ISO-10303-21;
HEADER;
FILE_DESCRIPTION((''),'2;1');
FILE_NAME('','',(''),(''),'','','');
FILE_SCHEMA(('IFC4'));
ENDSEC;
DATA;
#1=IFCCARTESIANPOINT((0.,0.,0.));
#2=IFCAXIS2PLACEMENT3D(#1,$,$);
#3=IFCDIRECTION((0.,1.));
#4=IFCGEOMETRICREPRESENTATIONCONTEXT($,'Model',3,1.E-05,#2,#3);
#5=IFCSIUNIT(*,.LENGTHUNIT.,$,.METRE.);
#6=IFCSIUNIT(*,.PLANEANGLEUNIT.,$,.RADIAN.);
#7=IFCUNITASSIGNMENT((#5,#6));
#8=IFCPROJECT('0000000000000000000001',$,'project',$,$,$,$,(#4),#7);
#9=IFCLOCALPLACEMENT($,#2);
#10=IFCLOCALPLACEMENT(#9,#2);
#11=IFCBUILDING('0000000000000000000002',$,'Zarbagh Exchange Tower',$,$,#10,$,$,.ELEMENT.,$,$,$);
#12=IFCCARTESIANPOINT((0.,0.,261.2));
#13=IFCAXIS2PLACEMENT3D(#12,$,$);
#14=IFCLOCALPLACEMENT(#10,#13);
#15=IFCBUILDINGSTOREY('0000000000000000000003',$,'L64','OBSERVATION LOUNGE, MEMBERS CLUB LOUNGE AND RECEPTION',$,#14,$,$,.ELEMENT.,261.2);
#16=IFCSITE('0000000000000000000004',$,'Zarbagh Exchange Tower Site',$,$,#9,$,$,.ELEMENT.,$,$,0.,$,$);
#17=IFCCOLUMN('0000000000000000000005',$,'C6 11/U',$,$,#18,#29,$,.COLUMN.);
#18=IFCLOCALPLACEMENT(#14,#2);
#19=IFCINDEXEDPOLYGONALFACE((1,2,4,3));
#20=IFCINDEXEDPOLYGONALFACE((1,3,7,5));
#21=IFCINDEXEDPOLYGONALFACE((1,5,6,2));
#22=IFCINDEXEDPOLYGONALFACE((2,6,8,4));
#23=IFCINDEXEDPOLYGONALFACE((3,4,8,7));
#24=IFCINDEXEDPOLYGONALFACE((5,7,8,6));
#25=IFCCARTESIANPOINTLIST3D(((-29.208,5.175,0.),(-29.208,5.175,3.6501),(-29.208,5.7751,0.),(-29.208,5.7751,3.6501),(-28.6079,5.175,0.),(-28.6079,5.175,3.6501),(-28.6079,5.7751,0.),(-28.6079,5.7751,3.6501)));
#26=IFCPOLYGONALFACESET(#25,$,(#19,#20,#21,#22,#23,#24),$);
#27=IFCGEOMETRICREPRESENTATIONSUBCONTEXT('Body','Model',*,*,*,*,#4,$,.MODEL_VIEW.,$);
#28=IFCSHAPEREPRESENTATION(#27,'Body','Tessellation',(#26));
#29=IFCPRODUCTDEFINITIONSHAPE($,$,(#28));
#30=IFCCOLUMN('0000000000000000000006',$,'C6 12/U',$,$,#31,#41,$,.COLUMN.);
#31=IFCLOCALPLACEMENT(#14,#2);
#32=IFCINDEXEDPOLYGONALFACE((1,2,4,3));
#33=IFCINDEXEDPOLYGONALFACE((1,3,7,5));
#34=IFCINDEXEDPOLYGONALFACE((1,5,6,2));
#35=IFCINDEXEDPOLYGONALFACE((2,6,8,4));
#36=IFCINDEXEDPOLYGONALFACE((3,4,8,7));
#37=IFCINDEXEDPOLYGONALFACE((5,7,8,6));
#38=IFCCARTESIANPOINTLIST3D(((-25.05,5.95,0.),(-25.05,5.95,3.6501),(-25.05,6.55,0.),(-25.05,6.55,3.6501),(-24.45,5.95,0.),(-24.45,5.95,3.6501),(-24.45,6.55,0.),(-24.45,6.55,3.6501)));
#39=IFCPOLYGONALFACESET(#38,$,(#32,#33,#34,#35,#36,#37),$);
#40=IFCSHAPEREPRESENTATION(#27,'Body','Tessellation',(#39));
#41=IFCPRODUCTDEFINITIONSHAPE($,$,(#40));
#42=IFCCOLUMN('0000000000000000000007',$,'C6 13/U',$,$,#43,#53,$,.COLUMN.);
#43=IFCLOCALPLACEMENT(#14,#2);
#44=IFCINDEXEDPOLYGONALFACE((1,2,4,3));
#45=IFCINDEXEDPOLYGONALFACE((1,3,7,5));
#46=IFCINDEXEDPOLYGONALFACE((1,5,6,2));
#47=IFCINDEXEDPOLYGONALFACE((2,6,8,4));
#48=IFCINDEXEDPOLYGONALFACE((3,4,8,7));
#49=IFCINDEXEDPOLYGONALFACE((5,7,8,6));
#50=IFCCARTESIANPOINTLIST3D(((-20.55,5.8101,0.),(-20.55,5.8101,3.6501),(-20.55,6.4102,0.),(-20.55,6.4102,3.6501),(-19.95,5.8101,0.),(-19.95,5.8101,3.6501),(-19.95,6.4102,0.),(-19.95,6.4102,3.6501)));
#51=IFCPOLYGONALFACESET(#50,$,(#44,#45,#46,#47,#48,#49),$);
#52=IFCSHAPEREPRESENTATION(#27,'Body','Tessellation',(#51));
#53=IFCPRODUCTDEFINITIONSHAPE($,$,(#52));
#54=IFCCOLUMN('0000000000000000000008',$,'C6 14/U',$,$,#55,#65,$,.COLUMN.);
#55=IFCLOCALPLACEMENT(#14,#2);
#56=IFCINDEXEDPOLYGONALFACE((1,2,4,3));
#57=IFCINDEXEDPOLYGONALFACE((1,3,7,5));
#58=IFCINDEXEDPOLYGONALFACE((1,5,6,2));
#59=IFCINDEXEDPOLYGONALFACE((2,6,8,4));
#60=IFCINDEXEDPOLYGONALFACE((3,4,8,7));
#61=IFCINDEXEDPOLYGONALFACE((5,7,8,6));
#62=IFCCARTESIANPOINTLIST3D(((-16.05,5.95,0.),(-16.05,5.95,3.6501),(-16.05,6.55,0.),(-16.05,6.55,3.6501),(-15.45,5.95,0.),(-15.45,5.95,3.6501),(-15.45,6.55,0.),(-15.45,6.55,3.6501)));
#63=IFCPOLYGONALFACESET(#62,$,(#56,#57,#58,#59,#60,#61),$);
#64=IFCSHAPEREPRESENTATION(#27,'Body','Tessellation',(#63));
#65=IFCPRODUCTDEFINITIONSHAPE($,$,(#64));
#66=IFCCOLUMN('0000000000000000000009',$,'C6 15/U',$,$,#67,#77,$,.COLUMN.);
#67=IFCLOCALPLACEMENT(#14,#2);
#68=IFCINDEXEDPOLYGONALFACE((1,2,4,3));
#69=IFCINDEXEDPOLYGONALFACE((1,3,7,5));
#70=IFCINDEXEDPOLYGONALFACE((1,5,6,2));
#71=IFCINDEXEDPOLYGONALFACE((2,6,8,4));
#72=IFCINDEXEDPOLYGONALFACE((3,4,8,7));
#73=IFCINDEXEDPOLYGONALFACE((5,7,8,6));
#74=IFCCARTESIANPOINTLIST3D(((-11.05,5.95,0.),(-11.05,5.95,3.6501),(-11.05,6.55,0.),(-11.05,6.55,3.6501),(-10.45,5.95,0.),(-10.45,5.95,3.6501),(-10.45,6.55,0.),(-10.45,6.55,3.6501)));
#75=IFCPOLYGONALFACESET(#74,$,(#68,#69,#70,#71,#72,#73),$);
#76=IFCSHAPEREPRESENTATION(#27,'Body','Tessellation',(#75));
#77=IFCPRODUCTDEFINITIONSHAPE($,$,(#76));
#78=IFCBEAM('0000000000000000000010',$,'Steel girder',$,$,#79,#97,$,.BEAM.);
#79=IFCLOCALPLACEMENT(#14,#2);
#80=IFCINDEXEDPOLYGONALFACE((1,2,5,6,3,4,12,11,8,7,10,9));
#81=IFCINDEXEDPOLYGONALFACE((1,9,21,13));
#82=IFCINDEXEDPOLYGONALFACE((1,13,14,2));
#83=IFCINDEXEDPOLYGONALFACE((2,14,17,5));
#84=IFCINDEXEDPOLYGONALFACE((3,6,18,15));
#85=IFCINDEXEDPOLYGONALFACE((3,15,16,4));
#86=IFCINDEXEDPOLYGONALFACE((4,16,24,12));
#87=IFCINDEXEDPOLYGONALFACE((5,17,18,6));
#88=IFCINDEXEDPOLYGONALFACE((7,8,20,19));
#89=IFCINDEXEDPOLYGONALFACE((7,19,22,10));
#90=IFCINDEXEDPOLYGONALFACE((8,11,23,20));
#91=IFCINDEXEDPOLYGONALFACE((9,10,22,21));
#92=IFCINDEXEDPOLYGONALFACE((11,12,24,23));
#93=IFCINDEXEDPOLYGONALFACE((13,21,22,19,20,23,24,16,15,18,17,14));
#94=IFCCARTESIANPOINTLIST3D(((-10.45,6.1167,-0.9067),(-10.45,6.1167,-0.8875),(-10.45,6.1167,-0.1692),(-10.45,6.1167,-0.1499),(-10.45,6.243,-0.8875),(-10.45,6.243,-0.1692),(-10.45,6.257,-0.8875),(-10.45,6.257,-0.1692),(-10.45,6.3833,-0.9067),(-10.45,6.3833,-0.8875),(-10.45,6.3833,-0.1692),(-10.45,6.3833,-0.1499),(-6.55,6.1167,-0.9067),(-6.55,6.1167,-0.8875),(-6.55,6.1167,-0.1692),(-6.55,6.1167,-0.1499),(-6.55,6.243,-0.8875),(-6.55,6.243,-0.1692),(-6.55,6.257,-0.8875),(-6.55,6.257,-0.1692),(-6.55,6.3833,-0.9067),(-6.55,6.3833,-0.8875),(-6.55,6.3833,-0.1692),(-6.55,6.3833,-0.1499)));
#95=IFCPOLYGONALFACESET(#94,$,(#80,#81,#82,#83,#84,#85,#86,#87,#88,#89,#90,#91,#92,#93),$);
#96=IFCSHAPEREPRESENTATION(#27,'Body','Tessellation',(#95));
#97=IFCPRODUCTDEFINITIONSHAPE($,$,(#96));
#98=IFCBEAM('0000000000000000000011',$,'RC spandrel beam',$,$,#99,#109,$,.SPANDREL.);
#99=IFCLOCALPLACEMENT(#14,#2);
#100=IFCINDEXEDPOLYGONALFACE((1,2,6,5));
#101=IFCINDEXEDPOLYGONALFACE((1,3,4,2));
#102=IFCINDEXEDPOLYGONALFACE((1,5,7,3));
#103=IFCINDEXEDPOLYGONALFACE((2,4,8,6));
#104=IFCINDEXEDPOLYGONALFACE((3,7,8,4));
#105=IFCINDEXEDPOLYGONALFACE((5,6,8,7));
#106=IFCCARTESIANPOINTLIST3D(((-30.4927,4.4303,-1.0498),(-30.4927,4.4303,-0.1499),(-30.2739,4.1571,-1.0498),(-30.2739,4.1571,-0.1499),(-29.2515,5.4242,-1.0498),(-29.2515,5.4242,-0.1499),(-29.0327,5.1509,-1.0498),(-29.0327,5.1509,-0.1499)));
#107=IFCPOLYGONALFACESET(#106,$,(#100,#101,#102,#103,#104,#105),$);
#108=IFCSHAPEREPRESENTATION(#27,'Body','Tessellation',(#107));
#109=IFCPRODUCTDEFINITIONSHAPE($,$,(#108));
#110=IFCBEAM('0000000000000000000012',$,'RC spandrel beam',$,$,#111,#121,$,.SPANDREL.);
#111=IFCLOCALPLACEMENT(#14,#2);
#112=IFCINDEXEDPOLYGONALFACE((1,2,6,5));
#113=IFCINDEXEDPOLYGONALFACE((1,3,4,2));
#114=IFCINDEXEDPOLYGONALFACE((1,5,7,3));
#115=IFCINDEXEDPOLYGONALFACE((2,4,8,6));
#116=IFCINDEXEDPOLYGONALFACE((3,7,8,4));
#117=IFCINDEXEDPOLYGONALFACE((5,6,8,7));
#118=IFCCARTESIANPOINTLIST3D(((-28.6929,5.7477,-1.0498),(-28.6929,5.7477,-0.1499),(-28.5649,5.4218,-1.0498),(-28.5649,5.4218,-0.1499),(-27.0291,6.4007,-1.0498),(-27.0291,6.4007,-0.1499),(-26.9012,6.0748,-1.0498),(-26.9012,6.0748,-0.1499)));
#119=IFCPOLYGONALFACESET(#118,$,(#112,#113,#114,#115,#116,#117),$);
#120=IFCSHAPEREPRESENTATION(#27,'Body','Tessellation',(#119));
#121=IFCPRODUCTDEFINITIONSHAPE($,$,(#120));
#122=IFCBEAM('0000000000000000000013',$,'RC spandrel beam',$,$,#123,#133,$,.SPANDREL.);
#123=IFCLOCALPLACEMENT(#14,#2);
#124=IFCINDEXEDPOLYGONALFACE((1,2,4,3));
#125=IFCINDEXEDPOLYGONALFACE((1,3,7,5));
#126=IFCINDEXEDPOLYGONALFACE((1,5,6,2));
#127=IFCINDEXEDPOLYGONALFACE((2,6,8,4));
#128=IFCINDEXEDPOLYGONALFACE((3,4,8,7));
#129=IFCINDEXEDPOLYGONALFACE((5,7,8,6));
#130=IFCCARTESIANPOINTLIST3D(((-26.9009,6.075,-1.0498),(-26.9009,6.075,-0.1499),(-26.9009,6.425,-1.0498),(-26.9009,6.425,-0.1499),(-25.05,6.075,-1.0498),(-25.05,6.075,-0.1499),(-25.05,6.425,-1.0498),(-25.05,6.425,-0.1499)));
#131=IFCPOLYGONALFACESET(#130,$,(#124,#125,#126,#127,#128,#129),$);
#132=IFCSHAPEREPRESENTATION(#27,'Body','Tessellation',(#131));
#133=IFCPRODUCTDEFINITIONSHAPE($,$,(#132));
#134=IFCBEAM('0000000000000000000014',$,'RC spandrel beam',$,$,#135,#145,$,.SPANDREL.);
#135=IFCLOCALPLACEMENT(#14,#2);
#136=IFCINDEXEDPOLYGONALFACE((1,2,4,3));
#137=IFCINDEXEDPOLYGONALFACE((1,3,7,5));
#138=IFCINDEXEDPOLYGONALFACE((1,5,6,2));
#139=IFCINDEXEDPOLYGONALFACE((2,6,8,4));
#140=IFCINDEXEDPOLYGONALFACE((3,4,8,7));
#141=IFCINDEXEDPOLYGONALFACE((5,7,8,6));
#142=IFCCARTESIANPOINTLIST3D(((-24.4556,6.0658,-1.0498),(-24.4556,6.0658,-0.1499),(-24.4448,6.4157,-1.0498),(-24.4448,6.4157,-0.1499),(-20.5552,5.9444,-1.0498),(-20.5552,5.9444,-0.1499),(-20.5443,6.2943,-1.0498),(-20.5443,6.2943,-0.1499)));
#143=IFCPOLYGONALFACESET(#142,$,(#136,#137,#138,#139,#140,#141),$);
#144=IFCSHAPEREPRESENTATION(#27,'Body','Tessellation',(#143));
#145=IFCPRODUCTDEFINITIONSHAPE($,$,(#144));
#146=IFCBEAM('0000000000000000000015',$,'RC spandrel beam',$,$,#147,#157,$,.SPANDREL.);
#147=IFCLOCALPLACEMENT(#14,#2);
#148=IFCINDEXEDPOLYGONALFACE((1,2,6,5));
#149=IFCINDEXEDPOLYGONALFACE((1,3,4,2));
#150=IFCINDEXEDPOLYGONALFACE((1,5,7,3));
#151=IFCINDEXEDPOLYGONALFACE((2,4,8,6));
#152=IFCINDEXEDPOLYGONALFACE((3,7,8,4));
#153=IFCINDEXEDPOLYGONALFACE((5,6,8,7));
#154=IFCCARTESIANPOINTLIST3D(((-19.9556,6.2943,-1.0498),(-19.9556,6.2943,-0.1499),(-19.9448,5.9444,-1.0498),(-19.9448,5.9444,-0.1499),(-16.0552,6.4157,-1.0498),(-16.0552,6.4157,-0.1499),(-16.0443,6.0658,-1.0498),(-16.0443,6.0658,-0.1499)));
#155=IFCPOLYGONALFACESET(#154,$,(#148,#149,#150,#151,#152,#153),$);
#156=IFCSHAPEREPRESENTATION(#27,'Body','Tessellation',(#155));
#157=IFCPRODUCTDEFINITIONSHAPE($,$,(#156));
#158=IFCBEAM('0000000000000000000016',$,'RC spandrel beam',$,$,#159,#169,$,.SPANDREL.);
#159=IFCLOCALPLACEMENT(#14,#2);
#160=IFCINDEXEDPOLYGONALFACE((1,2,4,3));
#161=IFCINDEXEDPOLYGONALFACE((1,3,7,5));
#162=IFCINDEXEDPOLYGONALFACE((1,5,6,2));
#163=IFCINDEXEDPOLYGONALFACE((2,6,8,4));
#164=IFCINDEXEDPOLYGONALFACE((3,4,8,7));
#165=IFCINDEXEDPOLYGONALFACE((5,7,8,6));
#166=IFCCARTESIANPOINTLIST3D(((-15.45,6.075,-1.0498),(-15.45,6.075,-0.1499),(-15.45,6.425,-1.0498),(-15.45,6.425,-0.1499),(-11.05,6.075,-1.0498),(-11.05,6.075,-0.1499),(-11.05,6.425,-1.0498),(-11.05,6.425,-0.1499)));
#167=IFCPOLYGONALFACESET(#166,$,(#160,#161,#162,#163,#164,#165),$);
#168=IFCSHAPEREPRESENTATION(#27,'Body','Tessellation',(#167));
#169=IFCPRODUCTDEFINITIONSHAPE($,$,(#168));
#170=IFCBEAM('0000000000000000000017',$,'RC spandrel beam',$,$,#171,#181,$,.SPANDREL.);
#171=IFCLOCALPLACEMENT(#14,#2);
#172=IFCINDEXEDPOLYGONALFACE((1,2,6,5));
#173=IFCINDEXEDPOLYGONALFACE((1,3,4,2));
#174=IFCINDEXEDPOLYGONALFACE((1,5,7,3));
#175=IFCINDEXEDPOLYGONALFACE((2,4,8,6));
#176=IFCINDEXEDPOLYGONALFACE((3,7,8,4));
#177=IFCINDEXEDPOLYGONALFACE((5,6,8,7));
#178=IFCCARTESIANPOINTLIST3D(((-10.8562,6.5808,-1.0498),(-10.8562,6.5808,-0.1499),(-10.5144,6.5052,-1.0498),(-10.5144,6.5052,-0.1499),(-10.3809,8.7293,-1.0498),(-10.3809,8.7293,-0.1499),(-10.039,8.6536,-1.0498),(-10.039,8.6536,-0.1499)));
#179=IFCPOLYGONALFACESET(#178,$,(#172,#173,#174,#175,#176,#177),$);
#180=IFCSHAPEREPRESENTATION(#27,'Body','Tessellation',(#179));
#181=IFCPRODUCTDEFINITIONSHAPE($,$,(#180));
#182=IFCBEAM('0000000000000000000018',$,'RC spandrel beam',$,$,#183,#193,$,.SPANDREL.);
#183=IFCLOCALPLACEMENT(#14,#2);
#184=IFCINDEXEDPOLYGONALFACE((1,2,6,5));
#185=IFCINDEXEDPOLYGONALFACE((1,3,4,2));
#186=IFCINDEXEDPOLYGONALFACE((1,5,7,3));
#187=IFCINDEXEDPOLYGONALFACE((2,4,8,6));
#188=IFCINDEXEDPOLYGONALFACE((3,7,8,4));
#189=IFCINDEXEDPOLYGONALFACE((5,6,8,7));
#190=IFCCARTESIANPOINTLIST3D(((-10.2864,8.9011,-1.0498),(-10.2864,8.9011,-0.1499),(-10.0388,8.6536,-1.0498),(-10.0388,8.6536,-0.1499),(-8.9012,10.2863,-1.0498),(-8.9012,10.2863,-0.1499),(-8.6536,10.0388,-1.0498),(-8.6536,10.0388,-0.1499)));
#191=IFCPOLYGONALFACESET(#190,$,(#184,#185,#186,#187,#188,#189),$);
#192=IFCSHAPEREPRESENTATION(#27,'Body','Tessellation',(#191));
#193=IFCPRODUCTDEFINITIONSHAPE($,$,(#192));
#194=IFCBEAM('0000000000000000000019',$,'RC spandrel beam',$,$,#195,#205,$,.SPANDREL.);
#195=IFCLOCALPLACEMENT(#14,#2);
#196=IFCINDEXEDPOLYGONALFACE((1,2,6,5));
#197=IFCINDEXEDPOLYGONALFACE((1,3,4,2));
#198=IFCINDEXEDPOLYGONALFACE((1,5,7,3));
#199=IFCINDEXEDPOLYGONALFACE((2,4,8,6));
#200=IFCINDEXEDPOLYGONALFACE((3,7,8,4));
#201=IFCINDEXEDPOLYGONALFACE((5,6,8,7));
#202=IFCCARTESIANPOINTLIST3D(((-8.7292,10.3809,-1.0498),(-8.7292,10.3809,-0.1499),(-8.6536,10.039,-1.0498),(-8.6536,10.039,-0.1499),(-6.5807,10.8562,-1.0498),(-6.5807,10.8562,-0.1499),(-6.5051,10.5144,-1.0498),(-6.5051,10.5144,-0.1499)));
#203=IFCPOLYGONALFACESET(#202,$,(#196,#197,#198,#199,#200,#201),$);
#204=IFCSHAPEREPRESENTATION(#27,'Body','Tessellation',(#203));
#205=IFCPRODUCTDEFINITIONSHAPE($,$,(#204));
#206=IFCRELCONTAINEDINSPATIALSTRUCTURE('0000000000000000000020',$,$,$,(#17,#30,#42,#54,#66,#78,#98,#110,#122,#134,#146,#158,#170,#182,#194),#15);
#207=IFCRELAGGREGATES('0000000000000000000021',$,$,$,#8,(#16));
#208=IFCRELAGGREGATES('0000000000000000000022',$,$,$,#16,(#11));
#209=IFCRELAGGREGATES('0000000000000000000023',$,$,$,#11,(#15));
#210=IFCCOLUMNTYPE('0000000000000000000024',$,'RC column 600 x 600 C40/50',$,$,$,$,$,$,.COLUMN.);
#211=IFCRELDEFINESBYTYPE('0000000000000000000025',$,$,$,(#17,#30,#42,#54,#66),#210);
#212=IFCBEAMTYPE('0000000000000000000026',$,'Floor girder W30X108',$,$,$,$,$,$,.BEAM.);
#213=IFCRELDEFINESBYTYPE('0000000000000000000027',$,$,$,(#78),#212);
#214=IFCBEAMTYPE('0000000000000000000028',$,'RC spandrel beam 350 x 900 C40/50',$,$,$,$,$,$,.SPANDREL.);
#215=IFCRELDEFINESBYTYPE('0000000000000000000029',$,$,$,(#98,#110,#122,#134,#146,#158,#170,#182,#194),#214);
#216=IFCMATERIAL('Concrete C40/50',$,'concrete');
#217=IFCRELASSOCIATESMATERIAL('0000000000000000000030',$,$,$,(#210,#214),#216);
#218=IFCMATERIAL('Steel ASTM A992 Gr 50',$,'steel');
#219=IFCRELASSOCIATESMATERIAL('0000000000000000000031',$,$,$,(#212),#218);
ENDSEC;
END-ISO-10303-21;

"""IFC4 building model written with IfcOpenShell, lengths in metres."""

from ifc_helpers import new_model, si_unit, direction, frame, origin, origin_2d, place, context, subcontext, project, spatial, rectangle, i_section, extrude, material, material_profile, profile_set, type_object, element, save


model = new_model("IFC4")

# Units and contexts
model_context = context("Model", 3, precision=1e-05, world=origin(), true_north=direction((0.0, 1.0)))
body_context = subcontext(model_context, "Body", "Model", "MODEL_VIEW")
ifc_project = project(units=[si_unit("LENGTHUNIT", "METRE"), si_unit("PLANEANGLEUNIT", "RADIAN")], contexts=[model_context])

# Site, building, storey
site_placement = place(None, origin())
site = spatial("IfcSite", under=ifc_project, at=site_placement, Name="Zarbagh Exchange Tower Site", CompositionType="ELEMENT", RefElevation=0.0)
building_placement = place(site_placement, origin())
building = spatial("IfcBuilding", under=site, at=building_placement, Name="Zarbagh Exchange Tower", CompositionType="ELEMENT")
storey_placement = place(building_placement, frame((0.0, 0.0, 261.2)))
storey = spatial("IfcBuildingStorey", under=building, at=storey_placement, Name="L64", Description="OBSERVATION LOUNGE, MEMBERS CLUB LOUNGE AND RECEPTION", CompositionType="ELEMENT", Elevation=261.2)

# Columns
ifc_material_1 = material(Name="Concrete C40/50", Category="concrete")
ifc_material_profile_1 = material_profile(ifc_material_1, rectangle(XDim=0.6001, YDim=0.6001, at=origin_2d()), Name="RC column 600 x 600 C40/50")
ifc_profile_set_1 = profile_set([ifc_material_profile_1], Name="Concrete C40/50")
column_type = type_object("IfcColumnType", Name="RC column 600 x 600 C40/50", PredefinedType="COLUMN", material=ifc_profile_set_1)
for number, where, z_axis, x_axis, name in (
    (1, (-28.908, 5.4751, 0.0), (0.0, 0.0, 1.0), (1.0, 0.0, 0.0), "C6 11/U"),
    (2, (-24.75, 6.25, 0.0), (0.0, 0.0, 1.0), (1.0, 0.0, 0.0), "C6 12/U"),
    (3, (-20.25, 6.1101, 0.0), (0.0, 0.0, 1.0), (1.0, 0.0, 0.0), "C6 13/U"),
    (4, (-15.75, 6.25, 0.0), (0.0, 0.0, 1.0), (1.0, 0.0, 0.0), "C6 14/U"),
    (5, (-10.75, 6.25, 0.0), (0.0, 0.0, 1.0), (1.0, 0.0, 0.0), "C6 15/U"),
):
    element("IfcColumn", number, at=place(storey_placement, frame(where, z_axis=z_axis, x_axis=x_axis)), inside=storey, type_object=column_type, Name=name, PredefinedType="COLUMN", context=body_context, shape_type="SweptSolid", body=[
        extrude(rectangle(XDim=0.6001, YDim=0.6001, at=origin_2d()), origin(), (0.0, 0.0, 1.0), 3.6501),
    ])

# Beams
ifc_material_2 = material(Name="Steel ASTM A992 Gr 50", Category="steel")
ifc_material_profile_2 = material_profile(ifc_material_2, i_section(OverallWidth=0.2666, OverallDepth=0.7568, WebThickness=0.0139, FlangeThickness=0.0193, at=origin_2d()), Name="W30X108")
ifc_profile_set_2 = profile_set([ifc_material_profile_2], Name="Steel ASTM A992 Gr 50")
beam_type_1 = type_object("IfcBeamType", Name="Floor girder W30X108", PredefinedType="BEAM", material=ifc_profile_set_2)
beam_1_placement = place(storey_placement, frame((-10.45, 6.25, -0.5283), z_axis=(1.0, 0.0, 0.0), x_axis=(0.0, 1.0, 0.0)))
element("IfcBeam", 6, at=beam_1_placement, inside=storey, type_object=beam_type_1, Name="Steel girder", PredefinedType="BEAM", context=body_context, shape_type="SweptSolid", body=[
    extrude(i_section(OverallWidth=0.2666, OverallDepth=0.7568, WebThickness=0.0139, FlangeThickness=0.0193, at=origin_2d()), origin(), (0.0, 0.0, 1.0), 3.8999),
])
ifc_material_profile_3 = material_profile(ifc_material_1, rectangle(XDim=0.3501, YDim=0.8999, at=origin_2d()), Name="RC spandrel beam 350 x 900 C40/50")
ifc_profile_set_3 = profile_set([ifc_material_profile_3], Name="Concrete C40/50")
beam_type_2 = type_object("IfcBeamType", Name="RC spandrel beam 350 x 900 C40/50", PredefinedType="SPANDREL", material=ifc_profile_set_3)
beam_2_placement = place(storey_placement, frame((-30.3833, 4.2937, -0.5999), z_axis=(0.780584, 0.625051, 0.0), x_axis=(-0.625051, 0.780584, 0.0)))
element("IfcBeam", 7, at=beam_2_placement, inside=storey, type_object=beam_type_2, Name="RC spandrel beam", PredefinedType="SPANDREL", context=body_context, shape_type="SweptSolid", body=[
    extrude(rectangle(XDim=0.3501, YDim=0.8999, at=origin_2d()), origin(), (0.0, 0.0, 1.0), 1.5901),
])
beam_3_placement = place(storey_placement, frame((-28.6289, 5.5847, -0.5999), z_axis=(0.930859, 0.365378, 0.0), x_axis=(-0.365378, 0.930859, 0.0)))
element("IfcBeam", 8, at=beam_3_placement, inside=storey, type_object=beam_type_2, Name="RC spandrel beam", PredefinedType="SPANDREL", context=body_context, shape_type="SweptSolid", body=[
    extrude(rectangle(XDim=0.3501, YDim=0.8999, at=origin_2d()), origin(), (0.0, 0.0, 1.0), 1.7874),
])
beam_4_placement = place(storey_placement, frame((-26.9009, 6.25, -0.5999), z_axis=(1.0, 0.0, 0.0), x_axis=(0.0, 1.0, 0.0)))
element("IfcBeam", 9, at=beam_4_placement, inside=storey, type_object=beam_type_2, Name="RC spandrel beam", PredefinedType="SPANDREL", context=body_context, shape_type="SweptSolid", body=[
    extrude(rectangle(XDim=0.3501, YDim=0.8999, at=origin_2d()), origin(), (0.0, 0.0, 1.0), 1.8508),
])
for number, where, z_axis, x_axis, name in (
    (10, (-24.4502, 6.2407, -0.5999), (0.999516, -0.031094, 0.0), (0.031094, 0.999516, 0.0), "RC spandrel beam"),
    (11, (-19.9502, 6.1194, -0.5999), (0.999516, 0.031094, 0.0), (-0.031094, 0.999516, 0.0), "RC spandrel beam"),
):
    element("IfcBeam", number, at=place(storey_placement, frame(where, z_axis=z_axis, x_axis=x_axis)), inside=storey, type_object=beam_type_2, Name=name, PredefinedType="SPANDREL", context=body_context, shape_type="SweptSolid", body=[
        extrude(rectangle(XDim=0.3501, YDim=0.8999, at=origin_2d()), origin(), (0.0, 0.0, 1.0), 3.9023),
    ])
beam_5_placement = place(storey_placement, frame((-15.45, 6.25, -0.5999), z_axis=(1.0, 0.0, 0.0), x_axis=(0.0, 1.0, 0.0)))
element("IfcBeam", 12, at=beam_5_placement, inside=storey, type_object=beam_type_2, Name="RC spandrel beam", PredefinedType="SPANDREL", context=body_context, shape_type="SweptSolid", body=[
    extrude(rectangle(XDim=0.3501, YDim=0.8999, at=origin_2d()), origin(), (0.0, 0.0, 1.0), 4.3999),
])
beam_6_placement = place(storey_placement, frame((-10.6853, 6.543, -0.5999), z_axis=(0.216026, 0.976388, 0.0), x_axis=(-0.976388, 0.216026, 0.0)))
element("IfcBeam", 13, at=beam_6_placement, inside=storey, type_object=beam_type_2, Name="RC spandrel beam", PredefinedType="SPANDREL", context=body_context, shape_type="SweptSolid", body=[
    extrude(rectangle(XDim=0.3501, YDim=0.8999, at=origin_2d()), origin(), (0.0, 0.0, 1.0), 2.2004),
])
beam_7_placement = place(storey_placement, frame((-10.1626, 8.7773, -0.5999), z_axis=(0.707107, 0.707107, 0.0), x_axis=(-0.707107, 0.707107, 0.0)))
element("IfcBeam", 14, at=beam_7_placement, inside=storey, type_object=beam_type_2, Name="RC spandrel beam", PredefinedType="SPANDREL", context=body_context, shape_type="SweptSolid", body=[
    extrude(rectangle(XDim=0.3501, YDim=0.8999, at=origin_2d()), origin(), (0.0, 0.0, 1.0), 1.959),
])
beam_8_placement = place(storey_placement, frame((-8.6914, 10.21, -0.5999), z_axis=(0.976388, 0.216026, 0.0), x_axis=(-0.216026, 0.976388, 0.0)))
element("IfcBeam", 15, at=beam_8_placement, inside=storey, type_object=beam_type_2, Name="RC spandrel beam", PredefinedType="SPANDREL", context=body_context, shape_type="SweptSolid", body=[
    extrude(rectangle(XDim=0.3501, YDim=0.8999, at=origin_2d()), origin(), (0.0, 0.0, 1.0), 2.2004),
])

save(model, "model.ifc")
